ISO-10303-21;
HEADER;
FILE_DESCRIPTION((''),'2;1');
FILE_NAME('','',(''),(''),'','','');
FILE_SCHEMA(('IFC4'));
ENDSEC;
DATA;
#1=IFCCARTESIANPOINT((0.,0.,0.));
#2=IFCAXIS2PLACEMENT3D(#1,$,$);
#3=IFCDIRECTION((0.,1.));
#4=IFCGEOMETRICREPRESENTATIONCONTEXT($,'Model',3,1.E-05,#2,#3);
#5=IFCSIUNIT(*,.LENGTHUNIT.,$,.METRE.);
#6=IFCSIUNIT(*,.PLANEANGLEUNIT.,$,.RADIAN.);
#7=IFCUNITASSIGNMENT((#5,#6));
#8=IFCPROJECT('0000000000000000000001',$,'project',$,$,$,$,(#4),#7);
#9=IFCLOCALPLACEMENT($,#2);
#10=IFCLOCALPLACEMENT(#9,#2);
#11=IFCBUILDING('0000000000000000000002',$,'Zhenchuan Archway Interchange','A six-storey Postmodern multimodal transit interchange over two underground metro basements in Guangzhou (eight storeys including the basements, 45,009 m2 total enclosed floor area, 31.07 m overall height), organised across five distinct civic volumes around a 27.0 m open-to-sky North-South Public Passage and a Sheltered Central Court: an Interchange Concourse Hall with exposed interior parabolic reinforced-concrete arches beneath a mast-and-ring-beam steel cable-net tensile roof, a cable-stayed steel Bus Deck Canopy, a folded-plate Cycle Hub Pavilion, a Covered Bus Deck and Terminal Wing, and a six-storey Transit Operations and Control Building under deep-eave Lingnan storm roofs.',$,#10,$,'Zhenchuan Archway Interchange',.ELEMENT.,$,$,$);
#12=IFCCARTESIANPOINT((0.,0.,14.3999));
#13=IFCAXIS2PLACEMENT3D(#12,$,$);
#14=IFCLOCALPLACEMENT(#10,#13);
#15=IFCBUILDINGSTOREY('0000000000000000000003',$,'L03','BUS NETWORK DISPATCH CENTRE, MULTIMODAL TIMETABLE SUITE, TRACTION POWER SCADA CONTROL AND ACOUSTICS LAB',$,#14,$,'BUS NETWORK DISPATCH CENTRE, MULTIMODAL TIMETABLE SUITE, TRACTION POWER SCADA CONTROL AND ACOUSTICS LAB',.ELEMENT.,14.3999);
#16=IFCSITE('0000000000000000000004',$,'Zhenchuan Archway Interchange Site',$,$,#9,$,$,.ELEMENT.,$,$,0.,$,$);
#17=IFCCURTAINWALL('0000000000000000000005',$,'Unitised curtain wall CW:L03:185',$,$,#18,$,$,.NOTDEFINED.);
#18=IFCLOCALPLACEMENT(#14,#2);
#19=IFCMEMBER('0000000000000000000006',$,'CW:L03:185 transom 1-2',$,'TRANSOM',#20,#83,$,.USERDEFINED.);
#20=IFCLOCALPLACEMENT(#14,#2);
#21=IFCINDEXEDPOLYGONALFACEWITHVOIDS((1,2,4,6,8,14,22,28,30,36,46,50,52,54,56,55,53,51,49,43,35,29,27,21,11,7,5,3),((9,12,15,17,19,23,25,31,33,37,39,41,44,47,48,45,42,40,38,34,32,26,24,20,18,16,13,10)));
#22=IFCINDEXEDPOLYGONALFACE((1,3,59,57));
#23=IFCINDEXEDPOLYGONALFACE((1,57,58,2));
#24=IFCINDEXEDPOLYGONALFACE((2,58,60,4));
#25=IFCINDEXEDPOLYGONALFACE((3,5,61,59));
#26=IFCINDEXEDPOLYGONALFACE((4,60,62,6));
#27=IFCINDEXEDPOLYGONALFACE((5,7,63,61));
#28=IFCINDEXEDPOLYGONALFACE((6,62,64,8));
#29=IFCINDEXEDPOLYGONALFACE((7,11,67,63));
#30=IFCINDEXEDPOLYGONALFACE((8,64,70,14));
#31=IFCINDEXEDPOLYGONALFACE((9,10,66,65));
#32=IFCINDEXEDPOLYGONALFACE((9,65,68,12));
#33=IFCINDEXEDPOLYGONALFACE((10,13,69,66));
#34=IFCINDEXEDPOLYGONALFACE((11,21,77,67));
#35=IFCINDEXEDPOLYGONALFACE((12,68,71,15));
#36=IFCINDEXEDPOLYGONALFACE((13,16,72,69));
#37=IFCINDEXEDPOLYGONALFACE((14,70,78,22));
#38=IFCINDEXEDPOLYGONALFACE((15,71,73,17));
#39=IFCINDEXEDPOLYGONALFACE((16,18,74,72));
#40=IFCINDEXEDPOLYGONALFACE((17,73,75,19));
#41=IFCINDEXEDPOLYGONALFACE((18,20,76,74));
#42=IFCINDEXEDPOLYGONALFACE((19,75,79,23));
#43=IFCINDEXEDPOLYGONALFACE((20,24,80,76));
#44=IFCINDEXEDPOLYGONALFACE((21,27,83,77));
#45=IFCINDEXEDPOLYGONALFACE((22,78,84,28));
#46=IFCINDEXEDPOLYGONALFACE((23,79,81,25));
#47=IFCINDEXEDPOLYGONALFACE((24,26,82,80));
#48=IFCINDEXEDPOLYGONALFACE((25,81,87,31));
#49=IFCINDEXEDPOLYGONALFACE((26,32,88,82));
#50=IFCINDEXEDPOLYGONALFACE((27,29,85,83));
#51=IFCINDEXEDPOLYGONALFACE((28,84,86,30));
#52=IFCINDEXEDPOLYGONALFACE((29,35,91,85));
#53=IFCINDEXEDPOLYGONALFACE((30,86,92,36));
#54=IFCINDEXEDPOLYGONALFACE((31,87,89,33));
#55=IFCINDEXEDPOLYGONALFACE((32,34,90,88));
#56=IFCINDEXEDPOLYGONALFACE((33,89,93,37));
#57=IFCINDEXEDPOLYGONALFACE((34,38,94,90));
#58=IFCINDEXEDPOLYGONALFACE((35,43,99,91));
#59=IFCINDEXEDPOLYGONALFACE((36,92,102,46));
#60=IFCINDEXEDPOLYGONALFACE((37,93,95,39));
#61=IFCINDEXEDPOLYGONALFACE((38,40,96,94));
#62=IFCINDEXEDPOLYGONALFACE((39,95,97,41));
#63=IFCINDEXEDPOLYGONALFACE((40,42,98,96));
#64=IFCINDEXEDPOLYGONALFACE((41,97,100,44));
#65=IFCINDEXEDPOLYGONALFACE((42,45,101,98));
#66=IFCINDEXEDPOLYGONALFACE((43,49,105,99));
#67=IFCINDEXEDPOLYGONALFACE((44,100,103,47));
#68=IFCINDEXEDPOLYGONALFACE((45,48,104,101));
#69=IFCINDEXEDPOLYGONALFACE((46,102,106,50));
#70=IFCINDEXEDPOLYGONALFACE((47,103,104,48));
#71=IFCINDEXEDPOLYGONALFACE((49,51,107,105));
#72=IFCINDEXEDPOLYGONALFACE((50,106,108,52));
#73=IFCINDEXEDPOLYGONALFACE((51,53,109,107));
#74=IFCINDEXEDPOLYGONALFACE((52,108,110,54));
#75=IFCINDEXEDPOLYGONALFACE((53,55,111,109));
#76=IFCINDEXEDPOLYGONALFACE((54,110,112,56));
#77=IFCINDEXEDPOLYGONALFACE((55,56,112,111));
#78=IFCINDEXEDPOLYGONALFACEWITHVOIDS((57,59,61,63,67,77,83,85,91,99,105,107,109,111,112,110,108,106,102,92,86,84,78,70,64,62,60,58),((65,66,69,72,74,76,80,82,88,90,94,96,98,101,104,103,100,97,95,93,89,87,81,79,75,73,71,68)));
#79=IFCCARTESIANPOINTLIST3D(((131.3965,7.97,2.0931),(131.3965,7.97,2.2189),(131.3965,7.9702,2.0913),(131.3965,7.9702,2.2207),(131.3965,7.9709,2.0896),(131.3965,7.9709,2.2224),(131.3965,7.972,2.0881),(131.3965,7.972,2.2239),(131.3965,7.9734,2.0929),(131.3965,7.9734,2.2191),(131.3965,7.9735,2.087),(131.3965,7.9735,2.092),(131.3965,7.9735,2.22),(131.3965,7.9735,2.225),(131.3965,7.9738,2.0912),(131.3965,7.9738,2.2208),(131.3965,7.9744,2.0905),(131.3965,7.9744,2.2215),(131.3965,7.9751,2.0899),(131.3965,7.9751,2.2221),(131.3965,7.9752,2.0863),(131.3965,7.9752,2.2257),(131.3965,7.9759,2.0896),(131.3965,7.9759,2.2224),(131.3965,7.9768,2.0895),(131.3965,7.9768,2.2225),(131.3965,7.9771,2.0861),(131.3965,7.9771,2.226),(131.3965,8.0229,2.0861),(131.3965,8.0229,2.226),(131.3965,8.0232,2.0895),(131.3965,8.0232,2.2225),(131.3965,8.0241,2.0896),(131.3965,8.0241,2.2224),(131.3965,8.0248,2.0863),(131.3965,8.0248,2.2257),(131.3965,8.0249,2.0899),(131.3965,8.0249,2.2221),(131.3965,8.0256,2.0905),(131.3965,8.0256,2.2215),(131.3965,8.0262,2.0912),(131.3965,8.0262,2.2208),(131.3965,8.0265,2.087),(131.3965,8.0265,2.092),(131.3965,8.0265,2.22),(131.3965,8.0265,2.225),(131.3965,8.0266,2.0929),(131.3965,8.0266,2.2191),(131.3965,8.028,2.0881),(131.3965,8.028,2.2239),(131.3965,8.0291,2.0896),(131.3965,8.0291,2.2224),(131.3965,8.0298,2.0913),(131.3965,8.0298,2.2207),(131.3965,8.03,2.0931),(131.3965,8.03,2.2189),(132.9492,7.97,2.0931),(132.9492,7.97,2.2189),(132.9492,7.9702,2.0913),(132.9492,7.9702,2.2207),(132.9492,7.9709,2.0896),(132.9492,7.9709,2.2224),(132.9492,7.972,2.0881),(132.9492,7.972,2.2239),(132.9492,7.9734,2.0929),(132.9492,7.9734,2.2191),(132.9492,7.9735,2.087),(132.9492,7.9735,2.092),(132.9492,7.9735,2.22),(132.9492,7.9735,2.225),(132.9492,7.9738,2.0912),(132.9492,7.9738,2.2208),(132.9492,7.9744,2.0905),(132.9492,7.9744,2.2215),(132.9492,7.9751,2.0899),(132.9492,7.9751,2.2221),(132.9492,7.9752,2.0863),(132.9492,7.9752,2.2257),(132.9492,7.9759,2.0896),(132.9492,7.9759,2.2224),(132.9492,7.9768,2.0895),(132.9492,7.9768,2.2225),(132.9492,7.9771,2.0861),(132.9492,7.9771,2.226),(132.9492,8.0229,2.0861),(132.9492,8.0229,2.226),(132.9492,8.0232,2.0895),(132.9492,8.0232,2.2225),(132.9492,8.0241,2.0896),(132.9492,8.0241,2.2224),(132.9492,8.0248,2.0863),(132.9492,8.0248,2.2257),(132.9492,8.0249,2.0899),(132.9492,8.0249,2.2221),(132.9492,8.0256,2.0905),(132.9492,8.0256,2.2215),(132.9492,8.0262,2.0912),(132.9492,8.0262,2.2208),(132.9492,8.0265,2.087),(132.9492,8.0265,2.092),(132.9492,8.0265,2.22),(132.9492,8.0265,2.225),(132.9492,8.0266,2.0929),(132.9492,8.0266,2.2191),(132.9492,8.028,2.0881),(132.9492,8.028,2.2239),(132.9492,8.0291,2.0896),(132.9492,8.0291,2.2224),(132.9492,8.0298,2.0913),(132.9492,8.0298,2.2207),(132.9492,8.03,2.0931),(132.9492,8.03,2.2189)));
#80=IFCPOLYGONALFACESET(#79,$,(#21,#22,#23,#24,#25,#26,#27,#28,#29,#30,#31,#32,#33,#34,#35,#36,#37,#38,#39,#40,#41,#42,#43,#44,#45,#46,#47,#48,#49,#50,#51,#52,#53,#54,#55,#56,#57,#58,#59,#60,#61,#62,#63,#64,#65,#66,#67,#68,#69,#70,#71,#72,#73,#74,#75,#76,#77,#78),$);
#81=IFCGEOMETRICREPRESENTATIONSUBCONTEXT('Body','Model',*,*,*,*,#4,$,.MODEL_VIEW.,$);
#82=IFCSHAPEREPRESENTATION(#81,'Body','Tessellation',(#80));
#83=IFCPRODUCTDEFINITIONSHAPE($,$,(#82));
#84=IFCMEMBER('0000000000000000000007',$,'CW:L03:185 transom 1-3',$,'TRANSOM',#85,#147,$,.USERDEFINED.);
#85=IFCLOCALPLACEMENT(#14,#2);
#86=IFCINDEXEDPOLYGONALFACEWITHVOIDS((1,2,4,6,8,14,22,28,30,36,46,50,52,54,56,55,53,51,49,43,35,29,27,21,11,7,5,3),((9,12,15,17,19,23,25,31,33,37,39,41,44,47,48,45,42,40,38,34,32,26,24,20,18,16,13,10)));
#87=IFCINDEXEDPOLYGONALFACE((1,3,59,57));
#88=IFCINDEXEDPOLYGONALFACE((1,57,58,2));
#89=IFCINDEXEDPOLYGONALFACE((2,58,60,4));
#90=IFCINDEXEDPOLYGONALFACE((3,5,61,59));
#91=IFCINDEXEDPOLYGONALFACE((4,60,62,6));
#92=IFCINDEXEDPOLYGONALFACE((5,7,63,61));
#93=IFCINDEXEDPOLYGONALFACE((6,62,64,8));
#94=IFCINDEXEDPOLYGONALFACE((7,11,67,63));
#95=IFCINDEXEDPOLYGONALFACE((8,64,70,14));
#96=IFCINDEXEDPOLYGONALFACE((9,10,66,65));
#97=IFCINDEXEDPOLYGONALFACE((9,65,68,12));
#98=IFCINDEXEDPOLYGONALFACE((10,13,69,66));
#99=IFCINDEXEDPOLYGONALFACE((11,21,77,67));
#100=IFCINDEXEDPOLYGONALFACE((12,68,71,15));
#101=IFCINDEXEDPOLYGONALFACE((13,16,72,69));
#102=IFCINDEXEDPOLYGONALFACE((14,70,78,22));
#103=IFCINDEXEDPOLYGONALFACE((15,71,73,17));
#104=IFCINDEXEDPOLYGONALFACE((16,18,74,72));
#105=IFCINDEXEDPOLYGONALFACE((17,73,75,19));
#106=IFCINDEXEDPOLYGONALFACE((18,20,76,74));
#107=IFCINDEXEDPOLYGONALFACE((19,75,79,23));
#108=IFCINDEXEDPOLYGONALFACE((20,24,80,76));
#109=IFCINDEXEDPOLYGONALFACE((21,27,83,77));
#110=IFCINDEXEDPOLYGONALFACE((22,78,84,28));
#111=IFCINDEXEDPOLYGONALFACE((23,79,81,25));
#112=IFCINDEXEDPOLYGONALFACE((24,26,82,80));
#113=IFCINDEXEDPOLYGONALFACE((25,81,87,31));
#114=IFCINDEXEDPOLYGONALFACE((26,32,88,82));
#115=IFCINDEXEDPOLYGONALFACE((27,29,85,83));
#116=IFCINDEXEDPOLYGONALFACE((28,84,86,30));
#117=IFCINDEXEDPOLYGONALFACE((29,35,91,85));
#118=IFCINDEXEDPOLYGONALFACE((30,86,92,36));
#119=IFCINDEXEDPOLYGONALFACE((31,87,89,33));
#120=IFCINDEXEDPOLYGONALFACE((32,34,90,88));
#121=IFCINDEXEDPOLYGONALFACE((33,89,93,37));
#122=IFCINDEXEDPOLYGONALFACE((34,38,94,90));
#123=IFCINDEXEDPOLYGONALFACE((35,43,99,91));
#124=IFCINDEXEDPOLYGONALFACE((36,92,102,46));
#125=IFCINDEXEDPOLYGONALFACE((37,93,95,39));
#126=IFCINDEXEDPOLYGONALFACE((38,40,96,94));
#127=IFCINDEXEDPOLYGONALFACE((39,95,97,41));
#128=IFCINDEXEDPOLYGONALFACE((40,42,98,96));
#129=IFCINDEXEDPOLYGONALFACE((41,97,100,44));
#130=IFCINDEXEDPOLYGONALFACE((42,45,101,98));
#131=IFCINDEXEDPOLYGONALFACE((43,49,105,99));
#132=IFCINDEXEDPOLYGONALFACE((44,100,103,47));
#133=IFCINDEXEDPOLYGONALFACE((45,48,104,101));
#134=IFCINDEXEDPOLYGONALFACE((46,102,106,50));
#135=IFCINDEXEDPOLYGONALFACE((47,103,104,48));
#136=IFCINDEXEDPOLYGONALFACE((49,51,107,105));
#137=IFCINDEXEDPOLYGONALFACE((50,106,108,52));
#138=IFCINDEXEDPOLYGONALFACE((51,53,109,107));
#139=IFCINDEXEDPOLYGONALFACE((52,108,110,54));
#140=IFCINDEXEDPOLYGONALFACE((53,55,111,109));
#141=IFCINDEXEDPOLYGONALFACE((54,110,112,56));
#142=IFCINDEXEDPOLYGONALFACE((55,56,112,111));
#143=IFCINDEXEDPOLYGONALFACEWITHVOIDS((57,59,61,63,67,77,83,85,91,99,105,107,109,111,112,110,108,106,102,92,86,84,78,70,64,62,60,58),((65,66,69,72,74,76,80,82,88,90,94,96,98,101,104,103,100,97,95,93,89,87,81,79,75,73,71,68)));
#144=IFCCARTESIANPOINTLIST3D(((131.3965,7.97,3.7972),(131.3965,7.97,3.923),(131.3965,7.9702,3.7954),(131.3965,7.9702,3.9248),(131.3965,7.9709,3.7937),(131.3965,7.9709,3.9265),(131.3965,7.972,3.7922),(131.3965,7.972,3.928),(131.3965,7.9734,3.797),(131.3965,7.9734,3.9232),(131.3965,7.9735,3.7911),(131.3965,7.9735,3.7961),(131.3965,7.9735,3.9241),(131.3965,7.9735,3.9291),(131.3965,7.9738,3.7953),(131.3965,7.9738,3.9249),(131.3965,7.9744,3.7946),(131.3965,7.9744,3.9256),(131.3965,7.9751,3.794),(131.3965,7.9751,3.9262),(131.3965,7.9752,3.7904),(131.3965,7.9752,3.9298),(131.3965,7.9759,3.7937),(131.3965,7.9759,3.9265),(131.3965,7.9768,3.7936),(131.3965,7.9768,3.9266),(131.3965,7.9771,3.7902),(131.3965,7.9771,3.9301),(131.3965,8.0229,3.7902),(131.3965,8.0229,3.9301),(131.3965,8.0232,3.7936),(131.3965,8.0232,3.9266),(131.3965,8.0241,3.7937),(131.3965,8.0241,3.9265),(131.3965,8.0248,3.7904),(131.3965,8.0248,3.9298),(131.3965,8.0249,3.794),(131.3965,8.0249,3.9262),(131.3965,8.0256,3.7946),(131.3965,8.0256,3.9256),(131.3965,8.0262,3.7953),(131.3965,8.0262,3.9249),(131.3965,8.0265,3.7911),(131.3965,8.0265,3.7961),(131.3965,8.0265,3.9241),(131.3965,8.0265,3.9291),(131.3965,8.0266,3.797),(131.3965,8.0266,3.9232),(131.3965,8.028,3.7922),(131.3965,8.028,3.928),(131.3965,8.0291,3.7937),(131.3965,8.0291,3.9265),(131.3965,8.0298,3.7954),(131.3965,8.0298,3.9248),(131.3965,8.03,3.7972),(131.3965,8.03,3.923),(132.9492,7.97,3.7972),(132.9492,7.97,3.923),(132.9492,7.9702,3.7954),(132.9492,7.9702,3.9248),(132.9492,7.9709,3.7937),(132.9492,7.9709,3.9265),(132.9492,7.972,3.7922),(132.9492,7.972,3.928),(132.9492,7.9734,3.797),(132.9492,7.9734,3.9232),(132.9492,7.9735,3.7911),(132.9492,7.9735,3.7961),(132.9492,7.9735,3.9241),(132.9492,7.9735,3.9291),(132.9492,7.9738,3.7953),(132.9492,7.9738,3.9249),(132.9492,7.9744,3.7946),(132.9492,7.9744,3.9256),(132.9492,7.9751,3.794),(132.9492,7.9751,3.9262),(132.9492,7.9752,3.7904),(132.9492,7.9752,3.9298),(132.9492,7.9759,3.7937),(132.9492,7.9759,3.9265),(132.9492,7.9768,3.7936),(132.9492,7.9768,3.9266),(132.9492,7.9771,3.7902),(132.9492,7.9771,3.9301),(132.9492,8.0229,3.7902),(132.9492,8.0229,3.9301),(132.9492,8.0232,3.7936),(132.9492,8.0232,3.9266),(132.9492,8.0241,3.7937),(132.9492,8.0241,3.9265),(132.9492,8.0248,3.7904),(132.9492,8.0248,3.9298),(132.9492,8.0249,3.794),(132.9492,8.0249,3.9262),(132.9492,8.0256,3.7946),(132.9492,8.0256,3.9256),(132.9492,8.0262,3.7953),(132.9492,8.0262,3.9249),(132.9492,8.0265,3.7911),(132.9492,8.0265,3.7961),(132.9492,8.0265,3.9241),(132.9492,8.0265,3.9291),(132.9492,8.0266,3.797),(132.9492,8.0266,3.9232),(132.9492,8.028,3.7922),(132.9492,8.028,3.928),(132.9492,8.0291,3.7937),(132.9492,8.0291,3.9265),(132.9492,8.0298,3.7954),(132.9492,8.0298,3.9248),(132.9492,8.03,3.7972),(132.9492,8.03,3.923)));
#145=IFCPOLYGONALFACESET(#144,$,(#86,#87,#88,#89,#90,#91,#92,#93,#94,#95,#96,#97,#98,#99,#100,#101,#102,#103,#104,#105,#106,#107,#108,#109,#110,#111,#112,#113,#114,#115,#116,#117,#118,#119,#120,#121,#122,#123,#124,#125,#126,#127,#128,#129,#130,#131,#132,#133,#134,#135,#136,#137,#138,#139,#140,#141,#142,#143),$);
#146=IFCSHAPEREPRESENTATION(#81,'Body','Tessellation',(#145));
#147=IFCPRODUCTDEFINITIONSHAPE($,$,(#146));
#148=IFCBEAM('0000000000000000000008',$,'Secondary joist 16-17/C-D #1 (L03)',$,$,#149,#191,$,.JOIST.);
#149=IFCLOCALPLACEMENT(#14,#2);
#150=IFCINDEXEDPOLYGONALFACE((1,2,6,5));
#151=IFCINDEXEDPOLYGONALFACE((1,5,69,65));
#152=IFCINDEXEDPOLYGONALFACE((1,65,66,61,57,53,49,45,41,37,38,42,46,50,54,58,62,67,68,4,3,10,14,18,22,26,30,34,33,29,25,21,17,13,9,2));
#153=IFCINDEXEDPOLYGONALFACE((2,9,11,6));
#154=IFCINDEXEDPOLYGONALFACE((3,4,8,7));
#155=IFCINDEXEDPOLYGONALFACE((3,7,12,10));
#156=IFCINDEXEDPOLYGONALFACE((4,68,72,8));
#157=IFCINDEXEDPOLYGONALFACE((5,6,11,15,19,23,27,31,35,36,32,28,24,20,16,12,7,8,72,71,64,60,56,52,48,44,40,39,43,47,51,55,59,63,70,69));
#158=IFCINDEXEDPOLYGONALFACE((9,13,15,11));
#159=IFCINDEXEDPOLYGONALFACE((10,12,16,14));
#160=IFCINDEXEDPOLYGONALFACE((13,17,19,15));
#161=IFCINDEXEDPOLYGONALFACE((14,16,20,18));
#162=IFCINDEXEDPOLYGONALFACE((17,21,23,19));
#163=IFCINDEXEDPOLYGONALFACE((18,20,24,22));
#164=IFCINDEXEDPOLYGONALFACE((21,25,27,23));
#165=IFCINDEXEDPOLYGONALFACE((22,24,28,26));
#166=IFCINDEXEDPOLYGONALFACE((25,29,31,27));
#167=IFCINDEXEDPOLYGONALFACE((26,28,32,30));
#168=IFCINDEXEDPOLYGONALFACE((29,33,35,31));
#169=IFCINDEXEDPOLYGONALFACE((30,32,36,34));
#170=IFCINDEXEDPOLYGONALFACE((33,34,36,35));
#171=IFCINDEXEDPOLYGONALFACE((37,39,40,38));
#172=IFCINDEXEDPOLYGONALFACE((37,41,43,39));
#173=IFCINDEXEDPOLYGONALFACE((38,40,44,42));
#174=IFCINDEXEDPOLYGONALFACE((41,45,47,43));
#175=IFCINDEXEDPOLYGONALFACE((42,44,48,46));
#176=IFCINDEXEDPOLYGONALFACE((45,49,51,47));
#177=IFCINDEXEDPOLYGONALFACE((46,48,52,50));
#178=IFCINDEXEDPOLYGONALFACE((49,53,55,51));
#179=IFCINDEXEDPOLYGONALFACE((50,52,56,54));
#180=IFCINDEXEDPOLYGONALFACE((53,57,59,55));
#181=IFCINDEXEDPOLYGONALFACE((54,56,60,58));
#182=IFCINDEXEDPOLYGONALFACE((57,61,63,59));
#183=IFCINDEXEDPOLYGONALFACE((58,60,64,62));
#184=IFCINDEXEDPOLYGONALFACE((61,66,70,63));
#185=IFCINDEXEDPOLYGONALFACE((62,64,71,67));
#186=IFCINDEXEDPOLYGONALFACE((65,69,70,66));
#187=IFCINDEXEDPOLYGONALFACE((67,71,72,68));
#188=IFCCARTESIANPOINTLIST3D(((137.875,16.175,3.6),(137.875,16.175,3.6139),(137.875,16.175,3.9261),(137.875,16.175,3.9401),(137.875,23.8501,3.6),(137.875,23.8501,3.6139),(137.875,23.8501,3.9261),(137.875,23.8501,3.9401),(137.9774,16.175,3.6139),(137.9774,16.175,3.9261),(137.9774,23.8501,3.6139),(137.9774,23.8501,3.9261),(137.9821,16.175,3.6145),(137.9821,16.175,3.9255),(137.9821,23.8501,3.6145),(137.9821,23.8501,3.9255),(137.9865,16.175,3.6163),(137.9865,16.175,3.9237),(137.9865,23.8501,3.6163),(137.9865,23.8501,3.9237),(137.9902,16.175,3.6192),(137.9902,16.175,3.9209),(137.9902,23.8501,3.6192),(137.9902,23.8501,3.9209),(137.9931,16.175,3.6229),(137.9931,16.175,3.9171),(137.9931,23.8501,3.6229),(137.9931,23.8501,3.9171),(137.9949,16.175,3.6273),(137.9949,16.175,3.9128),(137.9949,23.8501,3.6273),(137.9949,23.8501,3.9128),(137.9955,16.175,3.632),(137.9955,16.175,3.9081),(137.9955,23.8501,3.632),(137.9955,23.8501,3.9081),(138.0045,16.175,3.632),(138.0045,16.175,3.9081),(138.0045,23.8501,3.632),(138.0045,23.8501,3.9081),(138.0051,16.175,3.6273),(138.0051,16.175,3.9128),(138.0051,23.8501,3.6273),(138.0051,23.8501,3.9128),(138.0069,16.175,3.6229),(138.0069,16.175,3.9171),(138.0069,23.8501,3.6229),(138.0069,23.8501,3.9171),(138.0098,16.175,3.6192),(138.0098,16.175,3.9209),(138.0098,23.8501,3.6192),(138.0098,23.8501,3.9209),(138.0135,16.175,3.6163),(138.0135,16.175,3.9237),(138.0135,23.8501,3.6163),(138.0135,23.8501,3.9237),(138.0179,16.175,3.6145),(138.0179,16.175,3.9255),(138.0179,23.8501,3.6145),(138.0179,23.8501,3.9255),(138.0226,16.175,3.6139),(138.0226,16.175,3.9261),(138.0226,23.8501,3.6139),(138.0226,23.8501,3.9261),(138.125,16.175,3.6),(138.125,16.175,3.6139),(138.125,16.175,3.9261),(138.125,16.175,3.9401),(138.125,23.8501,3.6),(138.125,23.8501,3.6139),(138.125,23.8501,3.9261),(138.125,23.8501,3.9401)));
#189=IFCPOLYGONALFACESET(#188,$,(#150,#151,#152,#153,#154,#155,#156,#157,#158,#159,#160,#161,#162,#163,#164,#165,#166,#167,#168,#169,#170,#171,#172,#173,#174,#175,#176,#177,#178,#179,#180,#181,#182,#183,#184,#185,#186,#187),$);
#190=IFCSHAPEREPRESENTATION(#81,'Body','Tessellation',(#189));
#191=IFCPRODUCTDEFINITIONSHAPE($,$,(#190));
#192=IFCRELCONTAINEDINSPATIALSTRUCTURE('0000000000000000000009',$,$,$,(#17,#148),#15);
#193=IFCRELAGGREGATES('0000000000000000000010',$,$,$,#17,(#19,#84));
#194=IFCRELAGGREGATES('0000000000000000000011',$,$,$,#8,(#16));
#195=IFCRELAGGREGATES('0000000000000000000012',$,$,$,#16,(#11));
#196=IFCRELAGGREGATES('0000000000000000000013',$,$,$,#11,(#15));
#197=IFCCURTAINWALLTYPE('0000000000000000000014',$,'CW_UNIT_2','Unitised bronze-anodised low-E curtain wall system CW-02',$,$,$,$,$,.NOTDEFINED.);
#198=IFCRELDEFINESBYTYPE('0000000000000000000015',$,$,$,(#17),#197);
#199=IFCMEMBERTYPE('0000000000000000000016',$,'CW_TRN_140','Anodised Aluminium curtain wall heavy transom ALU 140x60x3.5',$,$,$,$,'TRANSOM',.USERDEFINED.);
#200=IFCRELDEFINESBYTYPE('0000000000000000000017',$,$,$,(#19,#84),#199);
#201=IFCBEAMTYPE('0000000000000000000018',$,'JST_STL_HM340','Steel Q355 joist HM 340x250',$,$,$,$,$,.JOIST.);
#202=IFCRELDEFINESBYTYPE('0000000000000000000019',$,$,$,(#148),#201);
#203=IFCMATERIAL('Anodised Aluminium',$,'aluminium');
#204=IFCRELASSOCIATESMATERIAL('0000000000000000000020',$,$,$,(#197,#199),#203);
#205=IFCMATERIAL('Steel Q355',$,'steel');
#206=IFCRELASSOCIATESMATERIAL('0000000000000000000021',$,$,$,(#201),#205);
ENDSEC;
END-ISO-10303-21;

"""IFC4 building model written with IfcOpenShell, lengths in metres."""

from ifc_helpers import new_model, si_unit, direction, frame, origin, origin_2d, place, context, subcontext, project, spatial, hollow_rectangle, i_section, extrude, material, material_profile, profile_set, type_object, element, aggregate, save


model = new_model("IFC4")

# Units and contexts
model_context = context("Model", 3, precision=1e-05, world=origin(), true_north=direction((0.0, 1.0)))
body_context = subcontext(model_context, "Body", "Model", "MODEL_VIEW")
ifc_project = project(units=[si_unit("LENGTHUNIT", "METRE"), si_unit("PLANEANGLEUNIT", "RADIAN")], contexts=[model_context])

# Site, building, storey
site_placement = place(None, origin())
site = spatial("IfcSite", under=ifc_project, at=site_placement, Name="Zhenchuan Archway Interchange Site", CompositionType="ELEMENT", RefElevation=0.0)
building_placement = place(site_placement, origin())
building = spatial("IfcBuilding", under=site, at=building_placement, Name="Zhenchuan Archway Interchange", Description="A six-storey Postmodern multimodal transit interchange over two underground metro basements in Guangzhou (eight storeys including the basements, 45,009 m2 total enclosed floor area, 31.07 m overall height), organised across five distinct civic volumes around a 27.0 m open-to-sky North-South Public Passage and a Sheltered Central Court: an Interchange Concourse Hall with exposed interior parabolic reinforced-concrete arches beneath a mast-and-ring-beam steel cable-net tensile roof, a cable-stayed steel Bus Deck Canopy, a folded-plate Cycle Hub Pavilion, a Covered Bus Deck and Terminal Wing, and a six-storey Transit Operations and Control Building under deep-eave Lingnan storm roofs.", LongName="Zhenchuan Archway Interchange", CompositionType="ELEMENT")
storey_placement = place(building_placement, frame((0.0, 0.0, 14.3999)))
storey = spatial("IfcBuildingStorey", under=building, at=storey_placement, Name="L03", Description="BUS NETWORK DISPATCH CENTRE, MULTIMODAL TIMETABLE SUITE, TRACTION POWER SCADA CONTROL AND ACOUSTICS LAB", LongName="BUS NETWORK DISPATCH CENTRE, MULTIMODAL TIMETABLE SUITE, TRACTION POWER SCADA CONTROL AND ACOUSTICS LAB", CompositionType="ELEMENT", Elevation=14.3999)

# Curtain wall, members
ifc_material_1 = material(Name="Anodised Aluminium", Category="aluminium")
curtain_wall_type = type_object("IfcCurtainWallType", Name="CW_UNIT_2", Description="Unitised bronze-anodised low-E curtain wall system CW-02", PredefinedType="NOTDEFINED", material=ifc_material_1)
curtain_wall_placement = place(storey_placement, origin())
curtain_wall = element("IfcCurtainWall", 1, at=curtain_wall_placement, inside=storey, type_object=curtain_wall_type, Name="Unitised curtain wall CW:L03:185", PredefinedType="NOTDEFINED")
ifc_material_profile_1 = material_profile(ifc_material_1, hollow_rectangle(XDim=0.0601, YDim=0.1399, WallThickness=0.0034, InnerFilletRadius=0.0034, OuterFilletRadius=0.0071, at=origin_2d()), Name="ALU 140x60x3.5")
ifc_profile_set_1 = profile_set([ifc_material_profile_1], Name="Anodised Aluminium")
member_type_1 = type_object("IfcMemberType", Name="CW_TRN_140", Description="Anodised Aluminium curtain wall heavy transom ALU 140x60x3.5", ElementType="TRANSOM", PredefinedType="USERDEFINED", material=ifc_profile_set_1)
member_1_placement = place(storey_placement, frame((132.9492, 8.0, 2.156), z_axis=(-1.0, 0.0, 0.0), x_axis=(0.0, -1.0, 0.0)))
member_1 = element("IfcMember", 2, at=member_1_placement, type_object=member_type_1, Name="CW:L03:185 transom 1-2", ObjectType="TRANSOM", PredefinedType="USERDEFINED", context=body_context, shape_type="SweptSolid", body=[
    extrude(hollow_rectangle(XDim=0.0601, YDim=0.1399, WallThickness=0.0034, InnerFilletRadius=0.0034, OuterFilletRadius=0.0071, at=origin_2d()), origin(), (0.0, 0.0, 1.0), 1.5527),
])
member_2_placement = place(storey_placement, frame((132.9492, 8.0, 3.8601), z_axis=(-1.0, 0.0, 0.0), x_axis=(0.0, -1.0, 0.0)))
member_2 = element("IfcMember", 3, at=member_2_placement, type_object=member_type_1, Name="CW:L03:185 transom 1-3", ObjectType="TRANSOM", PredefinedType="USERDEFINED", context=body_context, shape_type="SweptSolid", body=[
    extrude(hollow_rectangle(XDim=0.0601, YDim=0.1399, WallThickness=0.0034, InnerFilletRadius=0.0034, OuterFilletRadius=0.0071, at=origin_2d()), origin(), (0.0, 0.0, 1.0), 1.5527),
])

# Beam
ifc_material_2 = material(Name="Steel Q355", Category="steel")
ifc_material_profile_2 = material_profile(ifc_material_2, i_section(OverallWidth=0.25, OverallDepth=0.3401, WebThickness=0.009, FlangeThickness=0.0139, FilletRadius=0.0181, at=origin_2d()), Name="HM 340x250")
ifc_profile_set_2 = profile_set([ifc_material_profile_2], Name="Steel Q355")
beam_type_1 = type_object("IfcBeamType", Name="JST_STL_HM340", Description="Steel Q355 joist HM 340x250", PredefinedType="JOIST", material=ifc_profile_set_2)
for number, where, z_axis, x_axis, name in (
    (4, (138.0, 16.175, 3.77), (0.0, 1.0, 0.0), (-1.0, 0.0, 0.0), "Secondary joist 16-17/C-D #1 (L03)"),
):
    element("IfcBeam", number, at=place(storey_placement, frame(where, z_axis=z_axis, x_axis=x_axis)), inside=storey, type_object=beam_type_1, Name=name, PredefinedType="JOIST", context=body_context, shape_type="SweptSolid", body=[
        extrude(i_section(OverallWidth=0.25, OverallDepth=0.3401, WebThickness=0.009, FlangeThickness=0.0139, FilletRadius=0.0181, at=origin_2d()), origin(), (0.0, 0.0, 1.0), 7.675),
    ])

aggregate(curtain_wall, [member_1, member_2])

save(model, "model.ifc")
